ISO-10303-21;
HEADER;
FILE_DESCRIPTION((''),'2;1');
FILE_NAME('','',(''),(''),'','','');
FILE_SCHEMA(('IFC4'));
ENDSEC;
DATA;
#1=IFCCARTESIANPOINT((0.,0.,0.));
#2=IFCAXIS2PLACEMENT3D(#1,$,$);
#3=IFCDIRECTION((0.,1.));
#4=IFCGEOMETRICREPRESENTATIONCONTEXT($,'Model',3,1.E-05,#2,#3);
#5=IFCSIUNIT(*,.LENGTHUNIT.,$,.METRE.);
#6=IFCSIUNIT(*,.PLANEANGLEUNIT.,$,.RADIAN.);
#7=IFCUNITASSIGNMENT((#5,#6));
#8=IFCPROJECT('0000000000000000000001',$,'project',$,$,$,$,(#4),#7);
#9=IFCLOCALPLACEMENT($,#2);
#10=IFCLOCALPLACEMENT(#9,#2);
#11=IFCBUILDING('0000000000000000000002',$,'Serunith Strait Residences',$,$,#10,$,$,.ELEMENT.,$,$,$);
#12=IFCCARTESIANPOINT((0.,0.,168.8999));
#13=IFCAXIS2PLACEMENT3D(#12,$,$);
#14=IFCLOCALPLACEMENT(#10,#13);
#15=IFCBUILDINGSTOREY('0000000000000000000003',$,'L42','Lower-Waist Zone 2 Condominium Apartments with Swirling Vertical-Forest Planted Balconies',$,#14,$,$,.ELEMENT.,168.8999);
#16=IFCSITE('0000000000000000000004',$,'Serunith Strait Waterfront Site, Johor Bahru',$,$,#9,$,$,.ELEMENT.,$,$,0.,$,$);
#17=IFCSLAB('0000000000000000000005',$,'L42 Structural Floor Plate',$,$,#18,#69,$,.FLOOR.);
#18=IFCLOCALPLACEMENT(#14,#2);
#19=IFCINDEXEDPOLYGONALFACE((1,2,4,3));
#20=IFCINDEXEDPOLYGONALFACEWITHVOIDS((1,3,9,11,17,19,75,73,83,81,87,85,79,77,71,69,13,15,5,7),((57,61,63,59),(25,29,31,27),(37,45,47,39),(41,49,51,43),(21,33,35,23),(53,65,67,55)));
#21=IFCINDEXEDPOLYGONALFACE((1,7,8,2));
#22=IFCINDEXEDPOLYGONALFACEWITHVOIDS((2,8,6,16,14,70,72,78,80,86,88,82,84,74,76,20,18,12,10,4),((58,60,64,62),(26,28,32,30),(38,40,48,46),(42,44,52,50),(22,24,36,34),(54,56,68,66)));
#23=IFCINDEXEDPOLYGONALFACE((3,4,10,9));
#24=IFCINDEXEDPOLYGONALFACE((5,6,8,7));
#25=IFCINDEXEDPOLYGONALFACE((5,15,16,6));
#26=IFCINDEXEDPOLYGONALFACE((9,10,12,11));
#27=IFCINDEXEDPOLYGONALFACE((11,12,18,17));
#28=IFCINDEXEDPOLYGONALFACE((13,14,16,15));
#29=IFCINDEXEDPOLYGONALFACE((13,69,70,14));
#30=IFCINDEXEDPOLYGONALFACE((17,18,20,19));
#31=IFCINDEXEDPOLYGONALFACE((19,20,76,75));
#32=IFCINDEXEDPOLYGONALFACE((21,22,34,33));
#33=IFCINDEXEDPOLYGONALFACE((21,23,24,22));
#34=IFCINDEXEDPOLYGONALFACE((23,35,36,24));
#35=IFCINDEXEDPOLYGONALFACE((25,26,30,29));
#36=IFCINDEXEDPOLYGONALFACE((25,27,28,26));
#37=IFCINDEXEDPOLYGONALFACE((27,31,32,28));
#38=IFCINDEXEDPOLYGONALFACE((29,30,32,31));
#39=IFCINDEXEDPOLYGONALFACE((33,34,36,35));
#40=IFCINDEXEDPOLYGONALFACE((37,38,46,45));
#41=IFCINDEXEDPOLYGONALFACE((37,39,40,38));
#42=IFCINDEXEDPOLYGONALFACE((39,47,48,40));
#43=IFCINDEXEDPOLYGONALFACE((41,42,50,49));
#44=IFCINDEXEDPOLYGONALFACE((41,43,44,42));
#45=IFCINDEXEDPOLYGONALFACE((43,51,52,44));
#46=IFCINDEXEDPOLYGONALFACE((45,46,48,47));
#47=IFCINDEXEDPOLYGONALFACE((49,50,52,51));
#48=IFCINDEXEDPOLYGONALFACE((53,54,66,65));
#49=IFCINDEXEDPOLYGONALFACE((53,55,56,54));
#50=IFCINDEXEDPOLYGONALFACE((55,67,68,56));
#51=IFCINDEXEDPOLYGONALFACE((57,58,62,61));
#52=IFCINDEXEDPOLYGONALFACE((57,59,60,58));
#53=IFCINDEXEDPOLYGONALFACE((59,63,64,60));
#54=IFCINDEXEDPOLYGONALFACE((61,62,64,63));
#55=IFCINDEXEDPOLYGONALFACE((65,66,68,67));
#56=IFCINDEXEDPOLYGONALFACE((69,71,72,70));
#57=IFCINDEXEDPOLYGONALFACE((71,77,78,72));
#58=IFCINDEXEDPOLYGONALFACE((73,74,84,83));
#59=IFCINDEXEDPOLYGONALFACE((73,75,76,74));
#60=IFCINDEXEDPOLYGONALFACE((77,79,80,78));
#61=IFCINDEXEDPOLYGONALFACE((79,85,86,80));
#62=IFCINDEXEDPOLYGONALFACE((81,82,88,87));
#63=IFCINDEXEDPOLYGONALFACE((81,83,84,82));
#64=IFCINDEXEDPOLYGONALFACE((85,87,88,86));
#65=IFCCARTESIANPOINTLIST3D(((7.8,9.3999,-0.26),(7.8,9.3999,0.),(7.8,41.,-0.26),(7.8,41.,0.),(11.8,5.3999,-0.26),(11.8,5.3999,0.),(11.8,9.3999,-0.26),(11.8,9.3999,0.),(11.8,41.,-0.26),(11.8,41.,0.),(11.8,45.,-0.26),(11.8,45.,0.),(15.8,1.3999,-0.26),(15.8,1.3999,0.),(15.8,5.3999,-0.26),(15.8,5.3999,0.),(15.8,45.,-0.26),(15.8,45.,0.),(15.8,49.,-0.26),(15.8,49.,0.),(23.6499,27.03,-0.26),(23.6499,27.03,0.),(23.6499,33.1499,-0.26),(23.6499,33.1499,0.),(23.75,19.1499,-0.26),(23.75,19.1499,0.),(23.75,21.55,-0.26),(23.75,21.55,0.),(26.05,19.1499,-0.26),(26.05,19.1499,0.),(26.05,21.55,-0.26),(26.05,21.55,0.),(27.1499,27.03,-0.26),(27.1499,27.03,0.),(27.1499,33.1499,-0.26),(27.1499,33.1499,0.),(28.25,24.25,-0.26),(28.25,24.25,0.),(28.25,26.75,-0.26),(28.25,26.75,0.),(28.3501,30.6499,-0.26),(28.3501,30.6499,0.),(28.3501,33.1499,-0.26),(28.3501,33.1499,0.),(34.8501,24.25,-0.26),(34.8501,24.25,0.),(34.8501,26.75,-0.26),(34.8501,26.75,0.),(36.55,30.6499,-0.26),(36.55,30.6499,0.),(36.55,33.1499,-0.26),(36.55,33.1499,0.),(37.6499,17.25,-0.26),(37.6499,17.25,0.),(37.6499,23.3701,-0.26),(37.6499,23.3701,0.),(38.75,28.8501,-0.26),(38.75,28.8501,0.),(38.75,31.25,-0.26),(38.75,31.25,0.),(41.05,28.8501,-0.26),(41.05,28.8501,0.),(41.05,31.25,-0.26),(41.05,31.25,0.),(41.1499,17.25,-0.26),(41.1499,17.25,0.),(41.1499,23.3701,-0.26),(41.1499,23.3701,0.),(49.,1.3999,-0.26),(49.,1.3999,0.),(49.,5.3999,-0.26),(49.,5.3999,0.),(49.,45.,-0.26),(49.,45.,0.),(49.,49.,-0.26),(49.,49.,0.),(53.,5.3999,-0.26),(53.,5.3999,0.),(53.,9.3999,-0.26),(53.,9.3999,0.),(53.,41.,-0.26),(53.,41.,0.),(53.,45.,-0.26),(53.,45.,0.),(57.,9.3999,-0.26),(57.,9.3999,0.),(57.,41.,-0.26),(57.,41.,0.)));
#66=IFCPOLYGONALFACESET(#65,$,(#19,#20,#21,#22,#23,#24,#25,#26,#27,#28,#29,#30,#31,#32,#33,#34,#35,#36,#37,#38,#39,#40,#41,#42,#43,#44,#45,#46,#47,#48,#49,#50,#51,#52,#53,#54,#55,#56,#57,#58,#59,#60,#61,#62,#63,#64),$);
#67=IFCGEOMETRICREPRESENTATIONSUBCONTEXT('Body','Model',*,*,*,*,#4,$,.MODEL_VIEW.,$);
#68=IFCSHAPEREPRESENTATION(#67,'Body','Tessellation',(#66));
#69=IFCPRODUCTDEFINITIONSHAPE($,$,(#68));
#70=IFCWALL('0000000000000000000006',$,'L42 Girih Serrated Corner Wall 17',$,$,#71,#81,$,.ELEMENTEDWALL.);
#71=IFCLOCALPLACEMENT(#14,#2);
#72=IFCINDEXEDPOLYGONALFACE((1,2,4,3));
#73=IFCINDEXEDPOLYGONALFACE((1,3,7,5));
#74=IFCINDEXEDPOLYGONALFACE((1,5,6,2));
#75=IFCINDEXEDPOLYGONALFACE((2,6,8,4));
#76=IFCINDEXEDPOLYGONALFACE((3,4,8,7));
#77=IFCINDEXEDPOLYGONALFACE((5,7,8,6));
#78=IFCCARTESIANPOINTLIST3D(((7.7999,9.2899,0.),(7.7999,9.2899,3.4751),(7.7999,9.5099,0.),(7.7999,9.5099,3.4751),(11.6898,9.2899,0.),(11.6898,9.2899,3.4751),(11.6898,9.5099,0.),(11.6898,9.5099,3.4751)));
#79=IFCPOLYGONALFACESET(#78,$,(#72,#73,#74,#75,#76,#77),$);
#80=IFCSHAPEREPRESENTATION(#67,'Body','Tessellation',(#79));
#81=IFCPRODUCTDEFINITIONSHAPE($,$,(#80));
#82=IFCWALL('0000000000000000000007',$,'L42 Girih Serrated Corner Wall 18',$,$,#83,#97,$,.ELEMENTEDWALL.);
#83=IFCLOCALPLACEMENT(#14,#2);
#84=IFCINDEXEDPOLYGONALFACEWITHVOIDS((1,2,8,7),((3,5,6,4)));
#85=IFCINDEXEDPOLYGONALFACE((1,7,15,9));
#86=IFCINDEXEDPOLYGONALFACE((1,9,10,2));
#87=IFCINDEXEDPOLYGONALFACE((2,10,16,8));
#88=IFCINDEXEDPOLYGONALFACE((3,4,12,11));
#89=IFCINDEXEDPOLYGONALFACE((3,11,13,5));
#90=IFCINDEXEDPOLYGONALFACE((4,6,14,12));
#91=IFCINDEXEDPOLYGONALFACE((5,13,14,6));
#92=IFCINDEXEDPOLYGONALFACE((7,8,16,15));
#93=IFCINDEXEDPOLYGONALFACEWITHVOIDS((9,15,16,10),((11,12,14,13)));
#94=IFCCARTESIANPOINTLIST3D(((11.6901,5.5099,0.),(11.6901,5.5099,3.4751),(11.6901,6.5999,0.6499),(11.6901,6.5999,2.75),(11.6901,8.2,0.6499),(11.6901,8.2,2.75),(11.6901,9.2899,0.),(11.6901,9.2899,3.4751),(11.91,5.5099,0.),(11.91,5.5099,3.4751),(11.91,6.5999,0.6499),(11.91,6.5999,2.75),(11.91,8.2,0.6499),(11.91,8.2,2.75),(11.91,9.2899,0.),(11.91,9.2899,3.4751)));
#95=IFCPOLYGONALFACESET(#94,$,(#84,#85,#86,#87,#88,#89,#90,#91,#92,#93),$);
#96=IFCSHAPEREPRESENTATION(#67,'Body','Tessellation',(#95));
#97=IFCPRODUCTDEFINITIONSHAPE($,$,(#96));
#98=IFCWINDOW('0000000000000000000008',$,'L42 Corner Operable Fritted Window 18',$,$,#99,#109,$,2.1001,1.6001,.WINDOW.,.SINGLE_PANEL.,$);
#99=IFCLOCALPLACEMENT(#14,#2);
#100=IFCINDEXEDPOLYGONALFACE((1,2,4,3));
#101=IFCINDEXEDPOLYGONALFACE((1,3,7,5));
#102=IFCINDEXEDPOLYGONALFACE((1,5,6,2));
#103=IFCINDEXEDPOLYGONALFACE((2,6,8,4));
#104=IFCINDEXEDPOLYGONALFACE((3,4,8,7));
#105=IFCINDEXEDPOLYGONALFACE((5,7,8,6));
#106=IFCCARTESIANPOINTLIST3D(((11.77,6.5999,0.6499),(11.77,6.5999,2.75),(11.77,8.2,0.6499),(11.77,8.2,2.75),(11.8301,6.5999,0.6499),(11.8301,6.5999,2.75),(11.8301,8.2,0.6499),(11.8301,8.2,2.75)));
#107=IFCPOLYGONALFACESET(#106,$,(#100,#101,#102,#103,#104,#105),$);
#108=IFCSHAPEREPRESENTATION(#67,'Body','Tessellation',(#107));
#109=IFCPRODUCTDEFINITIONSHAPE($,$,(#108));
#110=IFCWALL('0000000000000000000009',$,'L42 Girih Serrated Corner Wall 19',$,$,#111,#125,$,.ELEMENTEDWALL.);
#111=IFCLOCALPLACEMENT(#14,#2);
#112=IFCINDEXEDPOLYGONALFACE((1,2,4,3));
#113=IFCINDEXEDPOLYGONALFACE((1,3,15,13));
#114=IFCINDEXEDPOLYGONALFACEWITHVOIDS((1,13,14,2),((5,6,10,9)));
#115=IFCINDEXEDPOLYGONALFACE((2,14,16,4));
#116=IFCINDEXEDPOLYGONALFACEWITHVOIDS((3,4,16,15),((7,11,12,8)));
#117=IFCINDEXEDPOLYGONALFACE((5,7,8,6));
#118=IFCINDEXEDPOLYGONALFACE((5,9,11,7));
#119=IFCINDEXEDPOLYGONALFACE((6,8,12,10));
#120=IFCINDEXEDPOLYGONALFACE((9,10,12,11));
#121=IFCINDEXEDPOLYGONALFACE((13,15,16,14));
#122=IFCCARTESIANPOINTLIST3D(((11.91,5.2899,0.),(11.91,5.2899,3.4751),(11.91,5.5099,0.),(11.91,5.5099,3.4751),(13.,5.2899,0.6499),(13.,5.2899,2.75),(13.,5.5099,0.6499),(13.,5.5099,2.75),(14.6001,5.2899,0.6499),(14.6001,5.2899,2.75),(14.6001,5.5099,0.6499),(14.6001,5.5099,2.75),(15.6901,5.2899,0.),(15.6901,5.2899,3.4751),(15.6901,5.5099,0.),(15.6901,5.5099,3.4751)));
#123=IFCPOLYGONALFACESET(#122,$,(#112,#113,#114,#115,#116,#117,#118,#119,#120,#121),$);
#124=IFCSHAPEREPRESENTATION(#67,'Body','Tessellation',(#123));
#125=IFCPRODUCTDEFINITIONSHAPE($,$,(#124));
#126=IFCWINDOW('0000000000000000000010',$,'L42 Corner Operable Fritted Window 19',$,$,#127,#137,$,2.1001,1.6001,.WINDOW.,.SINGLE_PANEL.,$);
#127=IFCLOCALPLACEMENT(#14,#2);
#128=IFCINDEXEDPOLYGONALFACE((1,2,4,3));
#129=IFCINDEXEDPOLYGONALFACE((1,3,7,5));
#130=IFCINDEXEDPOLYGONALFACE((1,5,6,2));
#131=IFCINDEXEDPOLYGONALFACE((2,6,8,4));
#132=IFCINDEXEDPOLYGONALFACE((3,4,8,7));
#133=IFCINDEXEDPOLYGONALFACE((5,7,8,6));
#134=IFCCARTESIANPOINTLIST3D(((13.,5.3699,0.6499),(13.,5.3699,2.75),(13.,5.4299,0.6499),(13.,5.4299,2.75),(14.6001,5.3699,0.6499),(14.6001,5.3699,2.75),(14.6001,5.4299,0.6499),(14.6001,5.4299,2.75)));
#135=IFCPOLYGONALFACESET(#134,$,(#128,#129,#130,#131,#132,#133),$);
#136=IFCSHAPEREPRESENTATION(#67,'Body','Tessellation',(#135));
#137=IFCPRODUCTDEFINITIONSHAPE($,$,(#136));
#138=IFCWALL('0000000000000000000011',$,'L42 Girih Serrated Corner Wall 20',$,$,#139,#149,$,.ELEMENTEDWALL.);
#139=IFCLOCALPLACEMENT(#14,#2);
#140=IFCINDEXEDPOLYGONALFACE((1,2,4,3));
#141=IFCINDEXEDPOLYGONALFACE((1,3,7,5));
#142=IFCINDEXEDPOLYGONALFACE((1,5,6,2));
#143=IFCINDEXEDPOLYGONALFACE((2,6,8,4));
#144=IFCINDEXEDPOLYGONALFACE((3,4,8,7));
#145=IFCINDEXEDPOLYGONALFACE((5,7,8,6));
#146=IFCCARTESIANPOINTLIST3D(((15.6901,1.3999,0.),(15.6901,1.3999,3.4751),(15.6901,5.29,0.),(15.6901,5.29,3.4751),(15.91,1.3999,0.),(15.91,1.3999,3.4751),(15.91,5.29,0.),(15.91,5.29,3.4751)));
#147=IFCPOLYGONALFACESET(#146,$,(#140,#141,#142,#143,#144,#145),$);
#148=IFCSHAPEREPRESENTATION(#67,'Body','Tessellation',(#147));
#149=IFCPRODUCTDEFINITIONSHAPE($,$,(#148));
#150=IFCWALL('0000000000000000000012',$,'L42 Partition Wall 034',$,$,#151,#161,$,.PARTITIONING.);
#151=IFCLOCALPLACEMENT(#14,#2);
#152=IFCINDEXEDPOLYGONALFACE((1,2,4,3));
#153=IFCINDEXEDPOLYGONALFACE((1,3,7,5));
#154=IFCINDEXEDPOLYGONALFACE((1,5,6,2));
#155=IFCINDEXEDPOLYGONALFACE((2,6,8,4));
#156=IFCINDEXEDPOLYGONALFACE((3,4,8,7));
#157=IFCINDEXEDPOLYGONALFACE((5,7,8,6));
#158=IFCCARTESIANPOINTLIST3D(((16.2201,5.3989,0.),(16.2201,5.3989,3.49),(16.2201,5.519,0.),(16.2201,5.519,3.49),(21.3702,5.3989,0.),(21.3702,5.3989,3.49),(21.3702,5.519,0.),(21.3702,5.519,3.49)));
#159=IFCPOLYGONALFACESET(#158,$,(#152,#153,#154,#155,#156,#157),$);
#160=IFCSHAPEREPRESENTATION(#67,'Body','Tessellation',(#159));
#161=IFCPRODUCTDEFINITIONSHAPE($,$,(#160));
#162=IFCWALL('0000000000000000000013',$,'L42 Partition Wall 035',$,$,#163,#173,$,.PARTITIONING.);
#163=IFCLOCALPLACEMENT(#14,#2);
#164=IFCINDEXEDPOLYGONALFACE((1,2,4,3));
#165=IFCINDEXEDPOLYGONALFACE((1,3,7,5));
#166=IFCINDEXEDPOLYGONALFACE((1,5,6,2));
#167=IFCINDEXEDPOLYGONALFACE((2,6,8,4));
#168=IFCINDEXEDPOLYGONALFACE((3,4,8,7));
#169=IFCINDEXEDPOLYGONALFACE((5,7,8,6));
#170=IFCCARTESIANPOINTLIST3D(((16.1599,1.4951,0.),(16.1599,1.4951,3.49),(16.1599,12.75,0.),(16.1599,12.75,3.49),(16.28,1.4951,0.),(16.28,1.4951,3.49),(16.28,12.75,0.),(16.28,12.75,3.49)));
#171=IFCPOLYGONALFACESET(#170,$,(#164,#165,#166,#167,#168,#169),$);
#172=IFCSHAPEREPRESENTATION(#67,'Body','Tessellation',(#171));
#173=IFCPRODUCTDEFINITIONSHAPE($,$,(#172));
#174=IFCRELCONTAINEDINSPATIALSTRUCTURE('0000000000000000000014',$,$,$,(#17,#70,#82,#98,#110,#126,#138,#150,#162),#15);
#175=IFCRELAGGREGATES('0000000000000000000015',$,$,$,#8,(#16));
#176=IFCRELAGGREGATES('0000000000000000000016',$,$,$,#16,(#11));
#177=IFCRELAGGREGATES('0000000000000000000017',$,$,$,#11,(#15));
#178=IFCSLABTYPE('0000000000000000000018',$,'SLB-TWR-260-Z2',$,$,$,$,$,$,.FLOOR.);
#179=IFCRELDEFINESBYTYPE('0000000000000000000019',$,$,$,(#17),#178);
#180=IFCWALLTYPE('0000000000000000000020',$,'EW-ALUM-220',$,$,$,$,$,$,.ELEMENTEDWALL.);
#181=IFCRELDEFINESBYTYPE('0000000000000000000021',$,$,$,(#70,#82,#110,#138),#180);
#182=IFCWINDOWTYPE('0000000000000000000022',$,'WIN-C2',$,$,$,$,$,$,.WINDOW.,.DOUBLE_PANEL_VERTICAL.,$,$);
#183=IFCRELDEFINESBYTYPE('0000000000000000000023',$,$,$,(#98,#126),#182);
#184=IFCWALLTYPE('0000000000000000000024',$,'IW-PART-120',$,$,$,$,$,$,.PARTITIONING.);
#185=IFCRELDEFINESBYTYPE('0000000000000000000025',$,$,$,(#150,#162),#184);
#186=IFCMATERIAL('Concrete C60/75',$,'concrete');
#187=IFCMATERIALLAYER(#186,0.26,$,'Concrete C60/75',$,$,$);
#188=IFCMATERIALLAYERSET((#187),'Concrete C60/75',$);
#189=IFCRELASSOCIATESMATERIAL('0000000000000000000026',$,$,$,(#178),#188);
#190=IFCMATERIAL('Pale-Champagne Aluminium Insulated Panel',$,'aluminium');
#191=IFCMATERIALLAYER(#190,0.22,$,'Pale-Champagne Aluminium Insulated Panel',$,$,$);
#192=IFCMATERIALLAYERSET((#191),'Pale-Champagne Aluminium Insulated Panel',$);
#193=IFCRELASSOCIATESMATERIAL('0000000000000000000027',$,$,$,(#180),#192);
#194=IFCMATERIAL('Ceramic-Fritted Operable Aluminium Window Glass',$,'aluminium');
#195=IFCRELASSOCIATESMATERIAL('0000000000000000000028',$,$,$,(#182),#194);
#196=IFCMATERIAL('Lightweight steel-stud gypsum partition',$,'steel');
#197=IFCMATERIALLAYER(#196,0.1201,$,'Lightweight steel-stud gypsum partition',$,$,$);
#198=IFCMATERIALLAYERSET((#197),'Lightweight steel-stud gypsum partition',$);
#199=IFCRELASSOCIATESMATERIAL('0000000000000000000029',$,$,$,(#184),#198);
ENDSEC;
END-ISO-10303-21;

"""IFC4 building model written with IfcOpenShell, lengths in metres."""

from ifc_helpers import new_model, si_unit, direction, frame, frame_2d, origin, place, context, subcontext, project, spatial, polyline, rectangle, outline, extrude, source, transform, mapped, material, layer, layer_set, type_object, element, fill, save


model = new_model("IFC4")

# Units and contexts
model_context = context("Model", 3, precision=1e-05, world=origin(), true_north=direction((0.0, 1.0)))
body_context = subcontext(model_context, "Body", "Model", "MODEL_VIEW")
ifc_project = project(units=[si_unit("LENGTHUNIT", "METRE"), si_unit("PLANEANGLEUNIT", "RADIAN")], contexts=[model_context])

# Site, building, storey
site_placement = place(None, origin())
site = spatial("IfcSite", under=ifc_project, at=site_placement, Name="Serunith Strait Waterfront Site, Johor Bahru", CompositionType="ELEMENT", RefElevation=0.0)
building_placement = place(site_placement, origin())
building = spatial("IfcBuilding", under=site, at=building_placement, Name="Serunith Strait Residences", CompositionType="ELEMENT")
storey_placement = place(building_placement, frame((0.0, 0.0, 168.8999)))
storey = spatial("IfcBuildingStorey", under=building, at=storey_placement, Name="L42", Description="Lower-Waist Zone 2 Condominium Apartments with Swirling Vertical-Forest Planted Balconies", CompositionType="ELEMENT", Elevation=168.8999)

# Slab
ifc_material_1 = material(Name="Concrete C60/75", Category="concrete")
ifc_layer_1 = layer(ifc_material_1, 0.26, Name="Concrete C60/75")
ifc_layer_set_1 = layer_set([ifc_layer_1], Name="Concrete C60/75")
slab_type_1 = type_object("IfcSlabType", Name="SLB-TWR-260-Z2", PredefinedType="FLOOR", material=ifc_layer_set_1)
slab_1_placement = place(storey_placement, frame((0.0, 0.0, -0.26)))
element("IfcSlab", 1, at=slab_1_placement, inside=storey, type_object=slab_type_1, Name="L42 Structural Floor Plate", PredefinedType="FLOOR", context=body_context, shape_type="SweptSolid", body=[
    extrude(outline(polyline([(15.8, 5.3999), (11.8, 5.3999), (11.8, 9.3999), (7.8, 9.3999), (7.8, 41.0), (11.8, 41.0), (11.8, 45.0), (15.8, 45.0), (15.8, 49.0), (49.0, 49.0), (49.0, 45.0), (53.0, 45.0), (53.0, 41.0), (57.0, 41.0), (57.0, 9.3999), (53.0, 9.3999), (53.0, 5.3999), (49.0, 5.3999), (49.0, 1.3999), (15.8, 1.3999), (15.8, 5.3999)]), holes=[polyline([(41.1499, 23.3701), (37.6499, 23.3701), (37.6499, 17.25), (41.1499, 17.25), (41.1499, 23.3701)]), polyline([(38.75, 31.25), (38.75, 28.8501), (41.05, 28.8501), (41.05, 31.25), (38.75, 31.25)]), polyline([(36.55, 33.1499), (28.3501, 33.1499), (28.3501, 30.6499), (36.55, 30.6499), (36.55, 33.1499)]), polyline([(34.8501, 26.75), (28.25, 26.75), (28.25, 24.25), (34.8501, 24.25), (34.8501, 26.75)]), polyline([(23.6499, 33.1499), (23.6499, 27.03), (27.1499, 27.03), (27.1499, 33.1499), (23.6499, 33.1499)]), polyline([(26.05, 21.55), (23.75, 21.55), (23.75, 19.1499), (26.05, 19.1499), (26.05, 21.55)])]), origin(), (0.0, 0.0, 1.0), 0.26),
])

# Wall
ifc_material_2 = material(Name="Pale-Champagne Aluminium Insulated Panel", Category="aluminium")
ifc_layer_2 = layer(ifc_material_2, 0.22, Name="Pale-Champagne Aluminium Insulated Panel")
ifc_layer_set_2 = layer_set([ifc_layer_2], Name="Pale-Champagne Aluminium Insulated Panel")
wall_type_1 = type_object("IfcWallType", Name="EW-ALUM-220", PredefinedType="ELEMENTEDWALL", material=ifc_layer_set_2)
wall_1_placement = place(storey_placement, frame((7.8, 9.3999, 0.0), z_axis=(0.0, 0.0, 1.0), x_axis=(1.0, 0.0, 0.0)))
element("IfcWall", 2, at=wall_1_placement, inside=storey, type_object=wall_type_1, Name="L42 Girih Serrated Corner Wall 17", PredefinedType="ELEMENTEDWALL", context=body_context, shape_type="SweptSolid", body=[
    extrude(rectangle(XDim=3.8899, YDim=0.22, at=frame_2d((1.9448, 0.0))), origin(), (0.0, 0.0, 1.0), 3.4751),
])

# Walls, openings, windows
wall_2_placement = place(storey_placement, frame((11.8, 9.29, 0.0), z_axis=(0.0, 0.0, 1.0), x_axis=(0.0, -1.0, 0.0)))
wall_2 = element("IfcWall", 3, at=wall_2_placement, inside=storey, type_object=wall_type_1, Name="L42 Girih Serrated Corner Wall 18", PredefinedType="ELEMENTEDWALL", context=body_context, shape_type="SweptSolid", body=[
    extrude(rectangle(XDim=3.78, YDim=0.22, at=frame_2d((1.8901, 0.0))), origin(), (0.0, 0.0, 1.0), 3.4751),
])
opening_1_placement = place(wall_2_placement, frame((1.0901, 0.0, 0.6499)))
opening_1 = element("IfcOpeningElement", 4, at=opening_1_placement, cuts=wall_2, PredefinedType="OPENING", context=body_context, shape_type="SweptSolid", body=[
    extrude(rectangle(XDim=1.6001, YDim=2.1001, at=frame_2d((0.8, 1.05))), frame((0.0, 0.1201, 0.0), z_axis=(0.0, -1.0, 0.0), x_axis=(1.0, 0.0, 0.0)), (0.0, 0.0, 1.0), 0.24),
])
ifc_material_3 = material(Name="Ceramic-Fritted Operable Aluminium Window Glass", Category="aluminium")
window_type = type_object("IfcWindowType", Name="WIN-C2", PartitioningType="DOUBLE_PANEL_VERTICAL", PredefinedType="WINDOW", material=ifc_material_3)
shared_shape_1 = source(origin(), body_context, "Body", "SweptSolid", [
    extrude(rectangle(XDim=1.6001, YDim=2.1001, at=frame_2d((0.8, 1.05))), frame((0.0, 0.03, 0.0), z_axis=(0.0, -1.0, 0.0), x_axis=(1.0, 0.0, 0.0)), (0.0, 0.0, 1.0), 0.0601),
])
window_1_placement = place(opening_1_placement, origin())
window_1 = element("IfcWindow", 5, at=window_1_placement, inside=storey, type_object=window_type, Name="L42 Corner Operable Fritted Window 18", OverallHeight=2.1001, OverallWidth=1.6001, PartitioningType="SINGLE_PANEL", PredefinedType="WINDOW", context=body_context, shape_type="MappedRepresentation", body=[
    mapped(shared_shape_1, transform((0.0, 0.0, 0.0), scale=1.0)),
])
fill(opening_1, window_1)
wall_3_placement = place(storey_placement, frame((11.9099, 5.3999, 0.0), z_axis=(0.0, 0.0, 1.0), x_axis=(1.0, 0.0, 0.0)))
wall_3 = element("IfcWall", 6, at=wall_3_placement, inside=storey, type_object=wall_type_1, Name="L42 Girih Serrated Corner Wall 19", PredefinedType="ELEMENTEDWALL", context=body_context, shape_type="SweptSolid", body=[
    extrude(rectangle(XDim=3.78, YDim=0.22, at=frame_2d((1.8901, 0.0))), origin(), (0.0, 0.0, 1.0), 3.4751),
])
opening_2_placement = place(wall_3_placement, frame((1.0901, 0.0, 0.6499)))
opening_2 = element("IfcOpeningElement", 7, at=opening_2_placement, cuts=wall_3, PredefinedType="OPENING", context=body_context, shape_type="SweptSolid", body=[
    extrude(rectangle(XDim=1.6001, YDim=2.1001, at=frame_2d((0.8, 1.05))), frame((0.0, 0.1201, 0.0), z_axis=(0.0, -1.0, 0.0), x_axis=(1.0, 0.0, 0.0)), (0.0, 0.0, 1.0), 0.24),
])
window_2_placement = place(opening_2_placement, origin())
window_2 = element("IfcWindow", 8, at=window_2_placement, inside=storey, type_object=window_type, Name="L42 Corner Operable Fritted Window 19", OverallHeight=2.1001, OverallWidth=1.6001, PartitioningType="SINGLE_PANEL", PredefinedType="WINDOW", context=body_context, shape_type="MappedRepresentation", body=[
    mapped(shared_shape_1, transform((0.0, 0.0, 0.0), scale=1.0)),
])
fill(opening_2, window_2)

# Walls
wall_4_placement = place(storey_placement, frame((15.8, 5.29, 0.0), z_axis=(0.0, 0.0, 1.0), x_axis=(0.0, -1.0, 0.0)))
element("IfcWall", 9, at=wall_4_placement, inside=storey, type_object=wall_type_1, Name="L42 Girih Serrated Corner Wall 20", PredefinedType="ELEMENTEDWALL", context=body_context, shape_type="SweptSolid", body=[
    extrude(rectangle(XDim=3.8901, YDim=0.22, at=frame_2d((1.9451, 0.0))), origin(), (0.0, 0.0, 1.0), 3.4751),
])
ifc_material_4 = material(Name="Lightweight steel-stud gypsum partition", Category="steel")
ifc_layer_3 = layer(ifc_material_4, 0.1201, Name="Lightweight steel-stud gypsum partition")
ifc_layer_set_3 = layer_set([ifc_layer_3], Name="Lightweight steel-stud gypsum partition")
wall_type_2 = type_object("IfcWallType", Name="IW-PART-120", PredefinedType="PARTITIONING", material=ifc_layer_set_3)
wall_5_placement = place(storey_placement, frame((16.22, 5.459, 0.0), z_axis=(0.0, 0.0, 1.0), x_axis=(1.0, 0.0, 0.0)))
element("IfcWall", 10, at=wall_5_placement, inside=storey, type_object=wall_type_2, Name="L42 Partition Wall 034", PredefinedType="PARTITIONING", context=body_context, shape_type="SweptSolid", body=[
    extrude(rectangle(XDim=5.1501, YDim=0.1201, at=frame_2d((2.5752, 0.0))), origin(), (0.0, 0.0, 1.0), 3.49),
])
wall_6_placement = place(storey_placement, frame((16.22, 1.4951, 0.0), z_axis=(0.0, 0.0, 1.0), x_axis=(0.0, 1.0, 0.0)))
element("IfcWall", 11, at=wall_6_placement, inside=storey, type_object=wall_type_2, Name="L42 Partition Wall 035", PredefinedType="PARTITIONING", context=body_context, shape_type="SweptSolid", body=[
    extrude(rectangle(XDim=11.2549, YDim=0.1201, at=frame_2d((5.6274, 0.0))), origin(), (0.0, 0.0, 1.0), 3.49),
])

save(model, "model.ifc")
